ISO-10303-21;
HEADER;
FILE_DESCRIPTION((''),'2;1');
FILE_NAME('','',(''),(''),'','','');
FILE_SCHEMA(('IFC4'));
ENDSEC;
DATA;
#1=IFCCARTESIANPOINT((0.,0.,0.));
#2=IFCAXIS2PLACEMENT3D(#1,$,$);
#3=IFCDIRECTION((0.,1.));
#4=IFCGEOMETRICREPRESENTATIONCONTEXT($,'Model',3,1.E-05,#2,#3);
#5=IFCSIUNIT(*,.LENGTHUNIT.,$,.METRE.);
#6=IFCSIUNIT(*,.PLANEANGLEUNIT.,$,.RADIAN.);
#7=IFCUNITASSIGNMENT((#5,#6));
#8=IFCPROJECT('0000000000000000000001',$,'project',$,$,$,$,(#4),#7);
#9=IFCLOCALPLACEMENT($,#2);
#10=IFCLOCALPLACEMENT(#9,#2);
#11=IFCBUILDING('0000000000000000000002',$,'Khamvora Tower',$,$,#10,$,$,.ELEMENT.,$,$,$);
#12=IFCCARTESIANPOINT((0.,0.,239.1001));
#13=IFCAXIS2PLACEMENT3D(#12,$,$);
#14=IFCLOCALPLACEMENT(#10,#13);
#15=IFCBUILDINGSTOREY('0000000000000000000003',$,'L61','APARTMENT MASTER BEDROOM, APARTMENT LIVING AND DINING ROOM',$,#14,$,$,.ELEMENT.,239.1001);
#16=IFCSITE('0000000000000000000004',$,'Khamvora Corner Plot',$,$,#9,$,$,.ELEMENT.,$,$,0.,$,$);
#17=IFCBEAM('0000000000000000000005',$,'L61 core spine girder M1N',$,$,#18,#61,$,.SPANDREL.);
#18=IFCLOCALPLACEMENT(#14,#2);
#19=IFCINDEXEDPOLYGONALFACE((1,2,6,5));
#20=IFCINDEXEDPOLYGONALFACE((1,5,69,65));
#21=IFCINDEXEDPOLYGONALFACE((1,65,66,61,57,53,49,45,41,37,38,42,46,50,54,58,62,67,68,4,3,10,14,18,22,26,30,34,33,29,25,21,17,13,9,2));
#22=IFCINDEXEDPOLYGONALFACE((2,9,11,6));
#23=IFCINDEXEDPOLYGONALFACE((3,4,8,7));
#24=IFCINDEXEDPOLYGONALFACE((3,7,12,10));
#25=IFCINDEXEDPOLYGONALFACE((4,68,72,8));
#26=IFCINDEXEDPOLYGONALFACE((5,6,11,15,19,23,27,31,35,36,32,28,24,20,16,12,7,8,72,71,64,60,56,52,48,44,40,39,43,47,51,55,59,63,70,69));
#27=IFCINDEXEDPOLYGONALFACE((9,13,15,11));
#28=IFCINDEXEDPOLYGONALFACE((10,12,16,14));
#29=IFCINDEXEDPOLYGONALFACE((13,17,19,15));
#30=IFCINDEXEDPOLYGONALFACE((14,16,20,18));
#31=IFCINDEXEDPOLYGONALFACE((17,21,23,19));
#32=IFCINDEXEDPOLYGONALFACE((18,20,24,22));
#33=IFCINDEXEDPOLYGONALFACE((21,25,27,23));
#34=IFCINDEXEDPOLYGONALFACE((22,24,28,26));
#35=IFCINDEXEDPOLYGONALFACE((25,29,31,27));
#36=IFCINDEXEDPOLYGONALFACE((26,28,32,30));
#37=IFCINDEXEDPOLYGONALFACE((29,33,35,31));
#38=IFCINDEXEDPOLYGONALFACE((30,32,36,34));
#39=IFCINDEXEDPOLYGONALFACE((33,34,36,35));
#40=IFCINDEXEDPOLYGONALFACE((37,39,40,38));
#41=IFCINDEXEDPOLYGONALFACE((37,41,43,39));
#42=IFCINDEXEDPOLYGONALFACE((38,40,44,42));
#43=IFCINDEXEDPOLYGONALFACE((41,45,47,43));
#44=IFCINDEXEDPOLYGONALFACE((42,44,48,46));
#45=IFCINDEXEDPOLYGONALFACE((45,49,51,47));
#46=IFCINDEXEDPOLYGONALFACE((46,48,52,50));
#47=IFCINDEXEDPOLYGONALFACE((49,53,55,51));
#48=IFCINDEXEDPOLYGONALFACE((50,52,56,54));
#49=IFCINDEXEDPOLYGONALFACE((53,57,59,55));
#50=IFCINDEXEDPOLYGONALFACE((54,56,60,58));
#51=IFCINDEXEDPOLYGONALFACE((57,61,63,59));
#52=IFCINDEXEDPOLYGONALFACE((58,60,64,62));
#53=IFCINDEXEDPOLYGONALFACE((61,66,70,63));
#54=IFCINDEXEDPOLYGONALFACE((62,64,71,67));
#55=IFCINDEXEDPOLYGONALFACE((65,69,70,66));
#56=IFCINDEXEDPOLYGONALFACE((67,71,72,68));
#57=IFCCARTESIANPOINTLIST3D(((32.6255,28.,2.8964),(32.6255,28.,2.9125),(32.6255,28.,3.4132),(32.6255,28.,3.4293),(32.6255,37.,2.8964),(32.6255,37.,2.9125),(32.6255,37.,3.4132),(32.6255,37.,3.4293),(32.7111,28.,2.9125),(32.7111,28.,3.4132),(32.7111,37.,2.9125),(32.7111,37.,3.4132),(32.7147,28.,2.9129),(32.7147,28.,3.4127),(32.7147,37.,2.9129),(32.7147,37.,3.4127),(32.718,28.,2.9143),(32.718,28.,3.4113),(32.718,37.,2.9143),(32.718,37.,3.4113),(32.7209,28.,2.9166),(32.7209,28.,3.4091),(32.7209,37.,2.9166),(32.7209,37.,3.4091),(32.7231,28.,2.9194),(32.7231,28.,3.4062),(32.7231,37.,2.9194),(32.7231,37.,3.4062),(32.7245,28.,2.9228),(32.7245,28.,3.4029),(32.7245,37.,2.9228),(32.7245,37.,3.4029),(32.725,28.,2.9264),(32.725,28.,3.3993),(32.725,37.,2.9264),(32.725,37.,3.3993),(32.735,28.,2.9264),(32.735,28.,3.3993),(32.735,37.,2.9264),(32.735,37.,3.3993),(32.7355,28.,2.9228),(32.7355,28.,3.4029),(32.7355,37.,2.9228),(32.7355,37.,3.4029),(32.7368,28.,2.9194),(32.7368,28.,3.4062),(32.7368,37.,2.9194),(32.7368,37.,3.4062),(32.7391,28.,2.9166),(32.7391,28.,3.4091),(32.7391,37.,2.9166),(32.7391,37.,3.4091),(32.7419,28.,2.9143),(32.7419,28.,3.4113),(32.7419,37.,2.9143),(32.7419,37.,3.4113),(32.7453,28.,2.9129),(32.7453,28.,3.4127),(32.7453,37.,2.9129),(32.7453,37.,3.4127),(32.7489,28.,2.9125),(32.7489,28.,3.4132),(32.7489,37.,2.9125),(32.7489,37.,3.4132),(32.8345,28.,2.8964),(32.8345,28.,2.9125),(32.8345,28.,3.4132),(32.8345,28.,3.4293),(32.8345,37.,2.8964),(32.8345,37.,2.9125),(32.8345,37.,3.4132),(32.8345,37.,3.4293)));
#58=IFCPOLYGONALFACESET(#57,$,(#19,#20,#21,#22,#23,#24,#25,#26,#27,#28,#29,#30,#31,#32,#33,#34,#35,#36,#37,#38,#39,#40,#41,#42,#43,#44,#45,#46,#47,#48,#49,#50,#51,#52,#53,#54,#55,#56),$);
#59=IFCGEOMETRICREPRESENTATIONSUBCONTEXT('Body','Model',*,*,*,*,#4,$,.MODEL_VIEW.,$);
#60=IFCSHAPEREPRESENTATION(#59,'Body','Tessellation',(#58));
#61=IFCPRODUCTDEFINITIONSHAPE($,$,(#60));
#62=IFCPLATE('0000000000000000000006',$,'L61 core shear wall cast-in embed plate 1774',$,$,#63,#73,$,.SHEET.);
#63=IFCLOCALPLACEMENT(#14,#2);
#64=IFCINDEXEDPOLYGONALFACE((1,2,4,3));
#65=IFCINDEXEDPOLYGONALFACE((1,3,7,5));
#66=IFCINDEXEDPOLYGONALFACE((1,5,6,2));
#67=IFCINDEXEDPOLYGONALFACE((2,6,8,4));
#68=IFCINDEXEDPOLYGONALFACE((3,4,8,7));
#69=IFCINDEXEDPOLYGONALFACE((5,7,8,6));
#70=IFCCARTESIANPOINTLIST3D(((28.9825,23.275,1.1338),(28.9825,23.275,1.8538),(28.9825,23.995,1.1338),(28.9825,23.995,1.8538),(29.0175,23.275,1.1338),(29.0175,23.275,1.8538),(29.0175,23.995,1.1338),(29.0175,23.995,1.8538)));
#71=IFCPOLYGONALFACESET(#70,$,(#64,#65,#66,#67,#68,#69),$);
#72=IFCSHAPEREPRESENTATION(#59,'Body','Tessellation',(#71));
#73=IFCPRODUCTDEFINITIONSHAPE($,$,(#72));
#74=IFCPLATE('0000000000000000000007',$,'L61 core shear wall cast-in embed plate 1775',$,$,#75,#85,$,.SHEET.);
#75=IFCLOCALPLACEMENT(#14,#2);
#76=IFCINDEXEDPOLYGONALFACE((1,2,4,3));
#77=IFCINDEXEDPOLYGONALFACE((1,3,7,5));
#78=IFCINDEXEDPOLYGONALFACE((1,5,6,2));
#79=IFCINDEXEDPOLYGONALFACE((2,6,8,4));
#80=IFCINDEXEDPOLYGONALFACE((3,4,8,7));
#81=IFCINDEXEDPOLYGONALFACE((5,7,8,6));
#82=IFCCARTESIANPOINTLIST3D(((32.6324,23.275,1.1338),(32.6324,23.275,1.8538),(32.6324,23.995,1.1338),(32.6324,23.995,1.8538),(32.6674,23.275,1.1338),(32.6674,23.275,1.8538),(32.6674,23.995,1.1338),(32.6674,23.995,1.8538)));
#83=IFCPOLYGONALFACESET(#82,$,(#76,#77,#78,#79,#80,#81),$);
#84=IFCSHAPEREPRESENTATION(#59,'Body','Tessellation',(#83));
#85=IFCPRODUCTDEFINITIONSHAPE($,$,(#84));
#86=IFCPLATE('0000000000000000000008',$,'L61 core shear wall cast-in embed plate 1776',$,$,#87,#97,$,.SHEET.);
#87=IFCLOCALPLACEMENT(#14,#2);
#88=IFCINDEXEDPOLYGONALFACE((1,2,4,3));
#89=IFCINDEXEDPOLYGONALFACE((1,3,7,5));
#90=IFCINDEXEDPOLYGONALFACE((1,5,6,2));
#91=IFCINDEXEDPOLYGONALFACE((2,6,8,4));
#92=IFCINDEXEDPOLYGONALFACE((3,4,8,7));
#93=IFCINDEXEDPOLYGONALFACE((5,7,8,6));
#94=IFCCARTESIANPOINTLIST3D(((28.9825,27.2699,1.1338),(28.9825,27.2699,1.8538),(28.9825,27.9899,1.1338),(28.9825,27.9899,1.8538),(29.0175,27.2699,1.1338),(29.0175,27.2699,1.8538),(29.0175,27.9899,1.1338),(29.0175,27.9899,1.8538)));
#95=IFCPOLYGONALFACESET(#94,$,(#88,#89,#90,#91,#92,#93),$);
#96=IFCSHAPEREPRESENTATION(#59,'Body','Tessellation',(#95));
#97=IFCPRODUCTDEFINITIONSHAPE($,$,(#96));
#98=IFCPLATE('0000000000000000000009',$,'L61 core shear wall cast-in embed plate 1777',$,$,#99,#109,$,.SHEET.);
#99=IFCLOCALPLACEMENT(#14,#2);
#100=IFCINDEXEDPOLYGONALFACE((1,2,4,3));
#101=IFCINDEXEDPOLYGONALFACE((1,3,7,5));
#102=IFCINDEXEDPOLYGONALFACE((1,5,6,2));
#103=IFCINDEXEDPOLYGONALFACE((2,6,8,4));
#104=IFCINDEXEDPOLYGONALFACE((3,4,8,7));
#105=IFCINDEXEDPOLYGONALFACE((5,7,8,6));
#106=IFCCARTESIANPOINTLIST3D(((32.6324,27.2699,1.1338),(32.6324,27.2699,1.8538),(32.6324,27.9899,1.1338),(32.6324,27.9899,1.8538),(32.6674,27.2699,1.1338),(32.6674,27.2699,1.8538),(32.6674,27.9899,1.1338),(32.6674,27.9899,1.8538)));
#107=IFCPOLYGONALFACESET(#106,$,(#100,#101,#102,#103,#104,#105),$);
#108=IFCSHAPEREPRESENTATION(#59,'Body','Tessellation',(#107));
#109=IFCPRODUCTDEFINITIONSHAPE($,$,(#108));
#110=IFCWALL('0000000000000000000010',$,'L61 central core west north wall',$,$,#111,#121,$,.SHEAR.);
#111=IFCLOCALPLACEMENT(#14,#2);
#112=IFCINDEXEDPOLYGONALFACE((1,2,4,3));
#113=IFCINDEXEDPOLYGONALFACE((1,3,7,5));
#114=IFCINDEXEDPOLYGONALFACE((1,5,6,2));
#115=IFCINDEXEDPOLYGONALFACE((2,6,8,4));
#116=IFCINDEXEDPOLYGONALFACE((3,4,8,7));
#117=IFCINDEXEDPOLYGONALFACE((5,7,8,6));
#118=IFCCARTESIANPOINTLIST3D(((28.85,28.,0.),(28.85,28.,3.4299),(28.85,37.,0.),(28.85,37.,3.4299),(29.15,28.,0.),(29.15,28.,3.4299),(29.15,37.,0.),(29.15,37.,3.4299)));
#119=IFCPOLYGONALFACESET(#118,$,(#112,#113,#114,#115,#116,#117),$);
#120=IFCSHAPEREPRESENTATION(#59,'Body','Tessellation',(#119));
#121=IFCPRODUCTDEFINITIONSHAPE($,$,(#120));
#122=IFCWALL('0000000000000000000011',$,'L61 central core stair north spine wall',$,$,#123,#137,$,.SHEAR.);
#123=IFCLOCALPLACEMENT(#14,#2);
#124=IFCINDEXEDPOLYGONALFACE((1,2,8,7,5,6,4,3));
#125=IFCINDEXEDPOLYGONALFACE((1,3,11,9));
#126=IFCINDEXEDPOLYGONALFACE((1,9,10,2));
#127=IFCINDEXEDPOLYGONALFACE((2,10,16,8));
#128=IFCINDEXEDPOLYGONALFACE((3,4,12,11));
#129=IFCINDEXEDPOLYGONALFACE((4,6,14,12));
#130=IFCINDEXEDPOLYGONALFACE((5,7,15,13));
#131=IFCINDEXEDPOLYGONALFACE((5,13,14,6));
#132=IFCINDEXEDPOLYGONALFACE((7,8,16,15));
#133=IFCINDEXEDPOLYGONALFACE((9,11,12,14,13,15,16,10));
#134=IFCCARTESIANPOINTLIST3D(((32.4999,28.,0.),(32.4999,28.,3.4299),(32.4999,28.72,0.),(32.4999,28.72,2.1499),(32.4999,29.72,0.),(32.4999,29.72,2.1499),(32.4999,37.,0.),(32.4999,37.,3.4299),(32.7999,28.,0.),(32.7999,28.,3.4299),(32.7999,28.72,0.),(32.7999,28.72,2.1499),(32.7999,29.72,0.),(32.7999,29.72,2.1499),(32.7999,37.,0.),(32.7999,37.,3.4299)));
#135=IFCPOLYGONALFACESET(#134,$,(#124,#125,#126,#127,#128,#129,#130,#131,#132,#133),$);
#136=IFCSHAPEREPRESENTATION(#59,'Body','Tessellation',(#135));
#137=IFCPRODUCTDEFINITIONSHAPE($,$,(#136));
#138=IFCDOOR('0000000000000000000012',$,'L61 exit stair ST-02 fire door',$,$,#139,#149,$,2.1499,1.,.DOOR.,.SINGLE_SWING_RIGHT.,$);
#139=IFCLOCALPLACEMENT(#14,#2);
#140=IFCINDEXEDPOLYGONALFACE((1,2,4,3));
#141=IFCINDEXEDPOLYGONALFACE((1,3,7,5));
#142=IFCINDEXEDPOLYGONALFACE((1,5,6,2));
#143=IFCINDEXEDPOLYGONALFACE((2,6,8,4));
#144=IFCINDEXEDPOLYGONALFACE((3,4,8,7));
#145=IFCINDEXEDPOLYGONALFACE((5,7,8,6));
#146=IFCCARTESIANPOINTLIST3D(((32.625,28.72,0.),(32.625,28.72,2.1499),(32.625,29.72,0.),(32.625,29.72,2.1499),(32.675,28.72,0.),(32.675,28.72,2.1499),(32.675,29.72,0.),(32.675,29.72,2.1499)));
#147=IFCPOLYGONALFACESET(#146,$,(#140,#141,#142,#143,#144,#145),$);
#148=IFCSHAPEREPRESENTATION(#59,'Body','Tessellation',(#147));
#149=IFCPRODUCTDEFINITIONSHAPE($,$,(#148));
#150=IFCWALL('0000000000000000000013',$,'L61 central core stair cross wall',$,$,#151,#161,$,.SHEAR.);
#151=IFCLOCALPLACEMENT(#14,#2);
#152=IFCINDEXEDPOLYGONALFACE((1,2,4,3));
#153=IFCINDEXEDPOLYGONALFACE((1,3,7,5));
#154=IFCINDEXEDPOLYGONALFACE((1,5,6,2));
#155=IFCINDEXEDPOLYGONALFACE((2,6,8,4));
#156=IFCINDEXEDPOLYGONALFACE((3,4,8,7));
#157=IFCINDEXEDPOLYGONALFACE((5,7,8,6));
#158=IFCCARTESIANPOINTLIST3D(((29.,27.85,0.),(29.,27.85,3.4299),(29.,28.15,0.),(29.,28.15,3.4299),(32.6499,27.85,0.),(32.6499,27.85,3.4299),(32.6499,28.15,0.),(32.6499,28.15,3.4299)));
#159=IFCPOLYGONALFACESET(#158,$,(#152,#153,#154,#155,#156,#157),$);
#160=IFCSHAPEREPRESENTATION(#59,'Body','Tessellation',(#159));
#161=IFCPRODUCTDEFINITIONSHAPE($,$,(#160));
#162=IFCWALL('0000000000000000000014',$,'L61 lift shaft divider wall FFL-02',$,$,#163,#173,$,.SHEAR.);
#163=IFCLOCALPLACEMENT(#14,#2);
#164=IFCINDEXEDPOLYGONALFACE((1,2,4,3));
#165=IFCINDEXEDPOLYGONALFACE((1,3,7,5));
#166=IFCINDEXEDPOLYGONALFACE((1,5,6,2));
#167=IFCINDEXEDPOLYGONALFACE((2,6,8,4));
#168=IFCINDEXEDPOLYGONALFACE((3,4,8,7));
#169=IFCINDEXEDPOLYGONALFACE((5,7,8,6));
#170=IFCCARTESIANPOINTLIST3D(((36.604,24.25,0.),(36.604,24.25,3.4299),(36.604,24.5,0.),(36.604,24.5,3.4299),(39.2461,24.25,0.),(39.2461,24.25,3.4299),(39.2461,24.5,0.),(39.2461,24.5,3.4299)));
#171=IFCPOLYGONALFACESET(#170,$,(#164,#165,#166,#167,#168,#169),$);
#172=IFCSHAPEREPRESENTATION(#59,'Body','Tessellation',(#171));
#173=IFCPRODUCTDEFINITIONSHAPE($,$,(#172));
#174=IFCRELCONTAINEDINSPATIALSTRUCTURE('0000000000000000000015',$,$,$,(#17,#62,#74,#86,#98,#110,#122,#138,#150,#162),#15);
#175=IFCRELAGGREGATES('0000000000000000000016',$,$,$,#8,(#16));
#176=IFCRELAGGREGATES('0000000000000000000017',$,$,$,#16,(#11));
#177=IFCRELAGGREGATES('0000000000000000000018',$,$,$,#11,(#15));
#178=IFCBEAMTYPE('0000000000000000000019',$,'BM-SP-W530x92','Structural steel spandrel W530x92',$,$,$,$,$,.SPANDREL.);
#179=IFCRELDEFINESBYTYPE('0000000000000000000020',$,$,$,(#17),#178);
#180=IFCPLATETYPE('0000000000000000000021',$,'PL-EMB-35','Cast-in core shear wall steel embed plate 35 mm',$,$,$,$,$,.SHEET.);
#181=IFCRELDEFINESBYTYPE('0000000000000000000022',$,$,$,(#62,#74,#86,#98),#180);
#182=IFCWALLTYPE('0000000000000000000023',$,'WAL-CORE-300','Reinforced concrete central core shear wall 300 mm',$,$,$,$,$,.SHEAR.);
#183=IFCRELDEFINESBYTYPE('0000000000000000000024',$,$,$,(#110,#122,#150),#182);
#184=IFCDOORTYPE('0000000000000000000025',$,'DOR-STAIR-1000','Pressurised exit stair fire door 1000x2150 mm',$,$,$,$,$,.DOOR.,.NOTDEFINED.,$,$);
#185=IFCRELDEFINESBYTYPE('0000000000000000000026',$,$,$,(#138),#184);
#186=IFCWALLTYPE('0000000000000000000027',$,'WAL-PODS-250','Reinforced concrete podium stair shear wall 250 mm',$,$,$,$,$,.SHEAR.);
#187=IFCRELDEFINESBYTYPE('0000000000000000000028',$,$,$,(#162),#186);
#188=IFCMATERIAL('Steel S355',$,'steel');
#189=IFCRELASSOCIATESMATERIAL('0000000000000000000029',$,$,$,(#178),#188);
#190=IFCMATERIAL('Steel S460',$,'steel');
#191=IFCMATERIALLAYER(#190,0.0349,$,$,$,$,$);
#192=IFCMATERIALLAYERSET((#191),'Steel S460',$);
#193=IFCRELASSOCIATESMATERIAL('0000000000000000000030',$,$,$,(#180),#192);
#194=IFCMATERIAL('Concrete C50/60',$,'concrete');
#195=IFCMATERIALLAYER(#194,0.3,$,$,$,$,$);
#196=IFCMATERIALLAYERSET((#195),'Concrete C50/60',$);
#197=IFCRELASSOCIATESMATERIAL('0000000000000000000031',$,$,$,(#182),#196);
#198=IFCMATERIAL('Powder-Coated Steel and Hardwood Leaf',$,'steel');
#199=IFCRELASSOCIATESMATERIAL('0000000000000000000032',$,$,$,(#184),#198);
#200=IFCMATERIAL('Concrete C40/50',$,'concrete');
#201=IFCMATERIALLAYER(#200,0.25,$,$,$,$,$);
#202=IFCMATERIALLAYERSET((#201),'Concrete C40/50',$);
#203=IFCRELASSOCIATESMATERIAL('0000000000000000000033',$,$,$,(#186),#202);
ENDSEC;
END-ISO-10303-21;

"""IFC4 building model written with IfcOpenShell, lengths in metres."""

from ifc_helpers import new_model, si_unit, direction, frame, frame_2d, origin, origin_2d, place, context, subcontext, project, spatial, rectangle, i_section, extrude, material, layer, layer_set, material_profile, profile_set, type_object, element, fill, save


model = new_model("IFC4")

# Units and contexts
model_context = context("Model", 3, precision=1e-05, world=origin(), true_north=direction((0.0, 1.0)))
body_context = subcontext(model_context, "Body", "Model", "MODEL_VIEW")
ifc_project = project(units=[si_unit("LENGTHUNIT", "METRE"), si_unit("PLANEANGLEUNIT", "RADIAN")], contexts=[model_context])

# Site, building, storey
site_placement = place(None, origin())
site = spatial("IfcSite", under=ifc_project, at=site_placement, Name="Khamvora Corner Plot", CompositionType="ELEMENT", RefElevation=0.0)
building_placement = place(site_placement, origin())
building = spatial("IfcBuilding", under=site, at=building_placement, Name="Khamvora Tower", CompositionType="ELEMENT")
storey_placement = place(building_placement, frame((0.0, 0.0, 239.1001)))
storey = spatial("IfcBuildingStorey", under=building, at=storey_placement, Name="L61", Description="APARTMENT MASTER BEDROOM, APARTMENT LIVING AND DINING ROOM", CompositionType="ELEMENT", Elevation=239.1001)

# Beam
ifc_material_1 = material(Name="Steel S355", Category="steel")
ifc_material_profile_1 = material_profile(ifc_material_1, i_section(OverallWidth=0.209, OverallDepth=0.533, WebThickness=0.01, FlangeThickness=0.0161, FilletRadius=0.0139, at=origin_2d()), Name="W530x92")
ifc_profile_set_1 = profile_set([ifc_material_profile_1], Name="Steel S355")
beam_type_1 = type_object("IfcBeamType", Name="BM-SP-W530x92", Description="Structural steel spandrel W530x92", PredefinedType="SPANDREL", material=ifc_profile_set_1)
beam_1_placement = place(storey_placement, frame((32.73, 28.0, 3.1628), z_axis=(0.0, 1.0, 0.0), x_axis=(-1.0, 0.0, 0.0)))
element("IfcBeam", 1, at=beam_1_placement, inside=storey, type_object=beam_type_1, Name="L61 core spine girder M1N", PredefinedType="SPANDREL", context=body_context, shape_type="SweptSolid", body=[
    extrude(i_section(OverallWidth=0.209, OverallDepth=0.533, WebThickness=0.01, FlangeThickness=0.0161, FilletRadius=0.0139, at=origin_2d()), origin(), (0.0, 0.0, 1.0), 9.0),
])

# Plates
ifc_material_2 = material(Name="Steel S460", Category="steel")
ifc_layer_1 = layer(ifc_material_2, 0.0349)
ifc_layer_set_1 = layer_set([ifc_layer_1], Name="Steel S460")
plate_type = type_object("IfcPlateType", Name="PL-EMB-35", Description="Cast-in core shear wall steel embed plate 35 mm", PredefinedType="SHEET", material=ifc_layer_set_1)
for number, where, z_axis, x_axis, name in (
    (2, (29.0, 23.635, 1.1338), (0.0, 0.0, 1.0), (1.0, 0.0, 0.0), "L61 core shear wall cast-in embed plate 1774"),
    (3, (32.6499, 23.635, 1.1338), (0.0, 0.0, 1.0), (1.0, 0.0, 0.0), "L61 core shear wall cast-in embed plate 1775"),
    (4, (29.0, 27.6299, 1.1338), (0.0, 0.0, 1.0), (1.0, 0.0, 0.0), "L61 core shear wall cast-in embed plate 1776"),
    (5, (32.6499, 27.6299, 1.1338), (0.0, 0.0, 1.0), (1.0, 0.0, 0.0), "L61 core shear wall cast-in embed plate 1777"),
):
    element("IfcPlate", number, at=place(storey_placement, frame(where, z_axis=z_axis, x_axis=x_axis)), inside=storey, type_object=plate_type, Name=name, PredefinedType="SHEET", context=body_context, shape_type="SweptSolid", body=[
        extrude(rectangle(XDim=0.0349, YDim=0.72, at=origin_2d()), origin(), (0.0, 0.0, 1.0), 0.72),
    ])

# Wall
ifc_material_3 = material(Name="Concrete C50/60", Category="concrete")
ifc_layer_2 = layer(ifc_material_3, 0.3)
ifc_layer_set_2 = layer_set([ifc_layer_2], Name="Concrete C50/60")
wall_type_1 = type_object("IfcWallType", Name="WAL-CORE-300", Description="Reinforced concrete central core shear wall 300 mm", PredefinedType="SHEAR", material=ifc_layer_set_2)
wall_1_placement = place(storey_placement, frame((29.0, 28.0, 0.0), z_axis=(0.0, 0.0, 1.0), x_axis=(0.0, 1.0, 0.0)))
element("IfcWall", 6, at=wall_1_placement, inside=storey, type_object=wall_type_1, Name="L61 central core west north wall", PredefinedType="SHEAR", context=body_context, shape_type="SweptSolid", body=[
    extrude(rectangle(XDim=9.0, YDim=0.3, at=frame_2d((4.5, 0.0))), origin(), (0.0, 0.0, 1.0), 3.4299),
])

# Wall, opening, door
wall_2_placement = place(storey_placement, frame((32.6499, 28.0, 0.0), z_axis=(0.0, 0.0, 1.0), x_axis=(0.0, 1.0, 0.0)))
wall_2 = element("IfcWall", 7, at=wall_2_placement, inside=storey, type_object=wall_type_1, Name="L61 central core stair north spine wall", PredefinedType="SHEAR", context=body_context, shape_type="SweptSolid", body=[
    extrude(rectangle(XDim=9.0, YDim=0.3, at=frame_2d((4.5, 0.0))), origin(), (0.0, 0.0, 1.0), 3.4299),
])
opening_1_placement = place(wall_2_placement, frame((0.72, 0.0, 0.0)))
opening_1 = element("IfcOpeningElement", 8, at=opening_1_placement, cuts=wall_2, PredefinedType="OPENING", context=body_context, shape_type="SweptSolid", body=[
    extrude(rectangle(XDim=1.0, YDim=2.1499, at=frame_2d((0.5, 1.075))), frame((0.0, 0.1599, 0.0), z_axis=(0.0, -1.0, 0.0), x_axis=(1.0, 0.0, 0.0)), (0.0, 0.0, 1.0), 0.3201),
])
ifc_material_4 = material(Name="Powder-Coated Steel and Hardwood Leaf", Category="steel")
door_type_1 = type_object("IfcDoorType", Name="DOR-STAIR-1000", Description="Pressurised exit stair fire door 1000x2150 mm", OperationType="NOTDEFINED", PredefinedType="DOOR", material=ifc_material_4)
door_1_placement = place(opening_1_placement, origin())
door_1 = element("IfcDoor", 9, at=door_1_placement, inside=storey, type_object=door_type_1, Name="L61 exit stair ST-02 fire door", OperationType="SINGLE_SWING_RIGHT", OverallHeight=2.1499, OverallWidth=1.0, PredefinedType="DOOR", context=body_context, shape_type="SweptSolid", body=[
    extrude(rectangle(XDim=1.0, YDim=2.1499, at=frame_2d((0.5, 1.075))), frame((0.0, 0.0249, 0.0), z_axis=(0.0, -1.0, 0.0), x_axis=(1.0, 0.0, 0.0)), (0.0, 0.0, 1.0), 0.05),
])
fill(opening_1, door_1)

# Wall
wall_3_placement = place(storey_placement, frame((29.0, 28.0, 0.0), z_axis=(0.0, 0.0, 1.0), x_axis=(1.0, 0.0, 0.0)))
element("IfcWall", 10, at=wall_3_placement, inside=storey, type_object=wall_type_1, Name="L61 central core stair cross wall", PredefinedType="SHEAR", context=body_context, shape_type="SweptSolid", body=[
    extrude(rectangle(XDim=3.6499, YDim=0.3, at=frame_2d((1.825, 0.0))), origin(), (0.0, 0.0, 1.0), 3.4299),
])

# Wall
ifc_material_5 = material(Name="Concrete C40/50", Category="concrete")
ifc_layer_3 = layer(ifc_material_5, 0.25)
ifc_layer_set_3 = layer_set([ifc_layer_3], Name="Concrete C40/50")
wall_type_2 = type_object("IfcWallType", Name="WAL-PODS-250", Description="Reinforced concrete podium stair shear wall 250 mm", PredefinedType="SHEAR", material=ifc_layer_set_3)
wall_4_placement = place(storey_placement, frame((36.604, 24.375, 0.0), z_axis=(0.0, 0.0, 1.0), x_axis=(1.0, 0.0, 0.0)))
element("IfcWall", 11, at=wall_4_placement, inside=storey, type_object=wall_type_2, Name="L61 lift shaft divider wall FFL-02", PredefinedType="SHEAR", context=body_context, shape_type="SweptSolid", body=[
    extrude(rectangle(XDim=2.6421, YDim=0.25, at=frame_2d((1.321, 0.0))), origin(), (0.0, 0.0, 1.0), 3.4299),
])

save(model, "model.ifc")
